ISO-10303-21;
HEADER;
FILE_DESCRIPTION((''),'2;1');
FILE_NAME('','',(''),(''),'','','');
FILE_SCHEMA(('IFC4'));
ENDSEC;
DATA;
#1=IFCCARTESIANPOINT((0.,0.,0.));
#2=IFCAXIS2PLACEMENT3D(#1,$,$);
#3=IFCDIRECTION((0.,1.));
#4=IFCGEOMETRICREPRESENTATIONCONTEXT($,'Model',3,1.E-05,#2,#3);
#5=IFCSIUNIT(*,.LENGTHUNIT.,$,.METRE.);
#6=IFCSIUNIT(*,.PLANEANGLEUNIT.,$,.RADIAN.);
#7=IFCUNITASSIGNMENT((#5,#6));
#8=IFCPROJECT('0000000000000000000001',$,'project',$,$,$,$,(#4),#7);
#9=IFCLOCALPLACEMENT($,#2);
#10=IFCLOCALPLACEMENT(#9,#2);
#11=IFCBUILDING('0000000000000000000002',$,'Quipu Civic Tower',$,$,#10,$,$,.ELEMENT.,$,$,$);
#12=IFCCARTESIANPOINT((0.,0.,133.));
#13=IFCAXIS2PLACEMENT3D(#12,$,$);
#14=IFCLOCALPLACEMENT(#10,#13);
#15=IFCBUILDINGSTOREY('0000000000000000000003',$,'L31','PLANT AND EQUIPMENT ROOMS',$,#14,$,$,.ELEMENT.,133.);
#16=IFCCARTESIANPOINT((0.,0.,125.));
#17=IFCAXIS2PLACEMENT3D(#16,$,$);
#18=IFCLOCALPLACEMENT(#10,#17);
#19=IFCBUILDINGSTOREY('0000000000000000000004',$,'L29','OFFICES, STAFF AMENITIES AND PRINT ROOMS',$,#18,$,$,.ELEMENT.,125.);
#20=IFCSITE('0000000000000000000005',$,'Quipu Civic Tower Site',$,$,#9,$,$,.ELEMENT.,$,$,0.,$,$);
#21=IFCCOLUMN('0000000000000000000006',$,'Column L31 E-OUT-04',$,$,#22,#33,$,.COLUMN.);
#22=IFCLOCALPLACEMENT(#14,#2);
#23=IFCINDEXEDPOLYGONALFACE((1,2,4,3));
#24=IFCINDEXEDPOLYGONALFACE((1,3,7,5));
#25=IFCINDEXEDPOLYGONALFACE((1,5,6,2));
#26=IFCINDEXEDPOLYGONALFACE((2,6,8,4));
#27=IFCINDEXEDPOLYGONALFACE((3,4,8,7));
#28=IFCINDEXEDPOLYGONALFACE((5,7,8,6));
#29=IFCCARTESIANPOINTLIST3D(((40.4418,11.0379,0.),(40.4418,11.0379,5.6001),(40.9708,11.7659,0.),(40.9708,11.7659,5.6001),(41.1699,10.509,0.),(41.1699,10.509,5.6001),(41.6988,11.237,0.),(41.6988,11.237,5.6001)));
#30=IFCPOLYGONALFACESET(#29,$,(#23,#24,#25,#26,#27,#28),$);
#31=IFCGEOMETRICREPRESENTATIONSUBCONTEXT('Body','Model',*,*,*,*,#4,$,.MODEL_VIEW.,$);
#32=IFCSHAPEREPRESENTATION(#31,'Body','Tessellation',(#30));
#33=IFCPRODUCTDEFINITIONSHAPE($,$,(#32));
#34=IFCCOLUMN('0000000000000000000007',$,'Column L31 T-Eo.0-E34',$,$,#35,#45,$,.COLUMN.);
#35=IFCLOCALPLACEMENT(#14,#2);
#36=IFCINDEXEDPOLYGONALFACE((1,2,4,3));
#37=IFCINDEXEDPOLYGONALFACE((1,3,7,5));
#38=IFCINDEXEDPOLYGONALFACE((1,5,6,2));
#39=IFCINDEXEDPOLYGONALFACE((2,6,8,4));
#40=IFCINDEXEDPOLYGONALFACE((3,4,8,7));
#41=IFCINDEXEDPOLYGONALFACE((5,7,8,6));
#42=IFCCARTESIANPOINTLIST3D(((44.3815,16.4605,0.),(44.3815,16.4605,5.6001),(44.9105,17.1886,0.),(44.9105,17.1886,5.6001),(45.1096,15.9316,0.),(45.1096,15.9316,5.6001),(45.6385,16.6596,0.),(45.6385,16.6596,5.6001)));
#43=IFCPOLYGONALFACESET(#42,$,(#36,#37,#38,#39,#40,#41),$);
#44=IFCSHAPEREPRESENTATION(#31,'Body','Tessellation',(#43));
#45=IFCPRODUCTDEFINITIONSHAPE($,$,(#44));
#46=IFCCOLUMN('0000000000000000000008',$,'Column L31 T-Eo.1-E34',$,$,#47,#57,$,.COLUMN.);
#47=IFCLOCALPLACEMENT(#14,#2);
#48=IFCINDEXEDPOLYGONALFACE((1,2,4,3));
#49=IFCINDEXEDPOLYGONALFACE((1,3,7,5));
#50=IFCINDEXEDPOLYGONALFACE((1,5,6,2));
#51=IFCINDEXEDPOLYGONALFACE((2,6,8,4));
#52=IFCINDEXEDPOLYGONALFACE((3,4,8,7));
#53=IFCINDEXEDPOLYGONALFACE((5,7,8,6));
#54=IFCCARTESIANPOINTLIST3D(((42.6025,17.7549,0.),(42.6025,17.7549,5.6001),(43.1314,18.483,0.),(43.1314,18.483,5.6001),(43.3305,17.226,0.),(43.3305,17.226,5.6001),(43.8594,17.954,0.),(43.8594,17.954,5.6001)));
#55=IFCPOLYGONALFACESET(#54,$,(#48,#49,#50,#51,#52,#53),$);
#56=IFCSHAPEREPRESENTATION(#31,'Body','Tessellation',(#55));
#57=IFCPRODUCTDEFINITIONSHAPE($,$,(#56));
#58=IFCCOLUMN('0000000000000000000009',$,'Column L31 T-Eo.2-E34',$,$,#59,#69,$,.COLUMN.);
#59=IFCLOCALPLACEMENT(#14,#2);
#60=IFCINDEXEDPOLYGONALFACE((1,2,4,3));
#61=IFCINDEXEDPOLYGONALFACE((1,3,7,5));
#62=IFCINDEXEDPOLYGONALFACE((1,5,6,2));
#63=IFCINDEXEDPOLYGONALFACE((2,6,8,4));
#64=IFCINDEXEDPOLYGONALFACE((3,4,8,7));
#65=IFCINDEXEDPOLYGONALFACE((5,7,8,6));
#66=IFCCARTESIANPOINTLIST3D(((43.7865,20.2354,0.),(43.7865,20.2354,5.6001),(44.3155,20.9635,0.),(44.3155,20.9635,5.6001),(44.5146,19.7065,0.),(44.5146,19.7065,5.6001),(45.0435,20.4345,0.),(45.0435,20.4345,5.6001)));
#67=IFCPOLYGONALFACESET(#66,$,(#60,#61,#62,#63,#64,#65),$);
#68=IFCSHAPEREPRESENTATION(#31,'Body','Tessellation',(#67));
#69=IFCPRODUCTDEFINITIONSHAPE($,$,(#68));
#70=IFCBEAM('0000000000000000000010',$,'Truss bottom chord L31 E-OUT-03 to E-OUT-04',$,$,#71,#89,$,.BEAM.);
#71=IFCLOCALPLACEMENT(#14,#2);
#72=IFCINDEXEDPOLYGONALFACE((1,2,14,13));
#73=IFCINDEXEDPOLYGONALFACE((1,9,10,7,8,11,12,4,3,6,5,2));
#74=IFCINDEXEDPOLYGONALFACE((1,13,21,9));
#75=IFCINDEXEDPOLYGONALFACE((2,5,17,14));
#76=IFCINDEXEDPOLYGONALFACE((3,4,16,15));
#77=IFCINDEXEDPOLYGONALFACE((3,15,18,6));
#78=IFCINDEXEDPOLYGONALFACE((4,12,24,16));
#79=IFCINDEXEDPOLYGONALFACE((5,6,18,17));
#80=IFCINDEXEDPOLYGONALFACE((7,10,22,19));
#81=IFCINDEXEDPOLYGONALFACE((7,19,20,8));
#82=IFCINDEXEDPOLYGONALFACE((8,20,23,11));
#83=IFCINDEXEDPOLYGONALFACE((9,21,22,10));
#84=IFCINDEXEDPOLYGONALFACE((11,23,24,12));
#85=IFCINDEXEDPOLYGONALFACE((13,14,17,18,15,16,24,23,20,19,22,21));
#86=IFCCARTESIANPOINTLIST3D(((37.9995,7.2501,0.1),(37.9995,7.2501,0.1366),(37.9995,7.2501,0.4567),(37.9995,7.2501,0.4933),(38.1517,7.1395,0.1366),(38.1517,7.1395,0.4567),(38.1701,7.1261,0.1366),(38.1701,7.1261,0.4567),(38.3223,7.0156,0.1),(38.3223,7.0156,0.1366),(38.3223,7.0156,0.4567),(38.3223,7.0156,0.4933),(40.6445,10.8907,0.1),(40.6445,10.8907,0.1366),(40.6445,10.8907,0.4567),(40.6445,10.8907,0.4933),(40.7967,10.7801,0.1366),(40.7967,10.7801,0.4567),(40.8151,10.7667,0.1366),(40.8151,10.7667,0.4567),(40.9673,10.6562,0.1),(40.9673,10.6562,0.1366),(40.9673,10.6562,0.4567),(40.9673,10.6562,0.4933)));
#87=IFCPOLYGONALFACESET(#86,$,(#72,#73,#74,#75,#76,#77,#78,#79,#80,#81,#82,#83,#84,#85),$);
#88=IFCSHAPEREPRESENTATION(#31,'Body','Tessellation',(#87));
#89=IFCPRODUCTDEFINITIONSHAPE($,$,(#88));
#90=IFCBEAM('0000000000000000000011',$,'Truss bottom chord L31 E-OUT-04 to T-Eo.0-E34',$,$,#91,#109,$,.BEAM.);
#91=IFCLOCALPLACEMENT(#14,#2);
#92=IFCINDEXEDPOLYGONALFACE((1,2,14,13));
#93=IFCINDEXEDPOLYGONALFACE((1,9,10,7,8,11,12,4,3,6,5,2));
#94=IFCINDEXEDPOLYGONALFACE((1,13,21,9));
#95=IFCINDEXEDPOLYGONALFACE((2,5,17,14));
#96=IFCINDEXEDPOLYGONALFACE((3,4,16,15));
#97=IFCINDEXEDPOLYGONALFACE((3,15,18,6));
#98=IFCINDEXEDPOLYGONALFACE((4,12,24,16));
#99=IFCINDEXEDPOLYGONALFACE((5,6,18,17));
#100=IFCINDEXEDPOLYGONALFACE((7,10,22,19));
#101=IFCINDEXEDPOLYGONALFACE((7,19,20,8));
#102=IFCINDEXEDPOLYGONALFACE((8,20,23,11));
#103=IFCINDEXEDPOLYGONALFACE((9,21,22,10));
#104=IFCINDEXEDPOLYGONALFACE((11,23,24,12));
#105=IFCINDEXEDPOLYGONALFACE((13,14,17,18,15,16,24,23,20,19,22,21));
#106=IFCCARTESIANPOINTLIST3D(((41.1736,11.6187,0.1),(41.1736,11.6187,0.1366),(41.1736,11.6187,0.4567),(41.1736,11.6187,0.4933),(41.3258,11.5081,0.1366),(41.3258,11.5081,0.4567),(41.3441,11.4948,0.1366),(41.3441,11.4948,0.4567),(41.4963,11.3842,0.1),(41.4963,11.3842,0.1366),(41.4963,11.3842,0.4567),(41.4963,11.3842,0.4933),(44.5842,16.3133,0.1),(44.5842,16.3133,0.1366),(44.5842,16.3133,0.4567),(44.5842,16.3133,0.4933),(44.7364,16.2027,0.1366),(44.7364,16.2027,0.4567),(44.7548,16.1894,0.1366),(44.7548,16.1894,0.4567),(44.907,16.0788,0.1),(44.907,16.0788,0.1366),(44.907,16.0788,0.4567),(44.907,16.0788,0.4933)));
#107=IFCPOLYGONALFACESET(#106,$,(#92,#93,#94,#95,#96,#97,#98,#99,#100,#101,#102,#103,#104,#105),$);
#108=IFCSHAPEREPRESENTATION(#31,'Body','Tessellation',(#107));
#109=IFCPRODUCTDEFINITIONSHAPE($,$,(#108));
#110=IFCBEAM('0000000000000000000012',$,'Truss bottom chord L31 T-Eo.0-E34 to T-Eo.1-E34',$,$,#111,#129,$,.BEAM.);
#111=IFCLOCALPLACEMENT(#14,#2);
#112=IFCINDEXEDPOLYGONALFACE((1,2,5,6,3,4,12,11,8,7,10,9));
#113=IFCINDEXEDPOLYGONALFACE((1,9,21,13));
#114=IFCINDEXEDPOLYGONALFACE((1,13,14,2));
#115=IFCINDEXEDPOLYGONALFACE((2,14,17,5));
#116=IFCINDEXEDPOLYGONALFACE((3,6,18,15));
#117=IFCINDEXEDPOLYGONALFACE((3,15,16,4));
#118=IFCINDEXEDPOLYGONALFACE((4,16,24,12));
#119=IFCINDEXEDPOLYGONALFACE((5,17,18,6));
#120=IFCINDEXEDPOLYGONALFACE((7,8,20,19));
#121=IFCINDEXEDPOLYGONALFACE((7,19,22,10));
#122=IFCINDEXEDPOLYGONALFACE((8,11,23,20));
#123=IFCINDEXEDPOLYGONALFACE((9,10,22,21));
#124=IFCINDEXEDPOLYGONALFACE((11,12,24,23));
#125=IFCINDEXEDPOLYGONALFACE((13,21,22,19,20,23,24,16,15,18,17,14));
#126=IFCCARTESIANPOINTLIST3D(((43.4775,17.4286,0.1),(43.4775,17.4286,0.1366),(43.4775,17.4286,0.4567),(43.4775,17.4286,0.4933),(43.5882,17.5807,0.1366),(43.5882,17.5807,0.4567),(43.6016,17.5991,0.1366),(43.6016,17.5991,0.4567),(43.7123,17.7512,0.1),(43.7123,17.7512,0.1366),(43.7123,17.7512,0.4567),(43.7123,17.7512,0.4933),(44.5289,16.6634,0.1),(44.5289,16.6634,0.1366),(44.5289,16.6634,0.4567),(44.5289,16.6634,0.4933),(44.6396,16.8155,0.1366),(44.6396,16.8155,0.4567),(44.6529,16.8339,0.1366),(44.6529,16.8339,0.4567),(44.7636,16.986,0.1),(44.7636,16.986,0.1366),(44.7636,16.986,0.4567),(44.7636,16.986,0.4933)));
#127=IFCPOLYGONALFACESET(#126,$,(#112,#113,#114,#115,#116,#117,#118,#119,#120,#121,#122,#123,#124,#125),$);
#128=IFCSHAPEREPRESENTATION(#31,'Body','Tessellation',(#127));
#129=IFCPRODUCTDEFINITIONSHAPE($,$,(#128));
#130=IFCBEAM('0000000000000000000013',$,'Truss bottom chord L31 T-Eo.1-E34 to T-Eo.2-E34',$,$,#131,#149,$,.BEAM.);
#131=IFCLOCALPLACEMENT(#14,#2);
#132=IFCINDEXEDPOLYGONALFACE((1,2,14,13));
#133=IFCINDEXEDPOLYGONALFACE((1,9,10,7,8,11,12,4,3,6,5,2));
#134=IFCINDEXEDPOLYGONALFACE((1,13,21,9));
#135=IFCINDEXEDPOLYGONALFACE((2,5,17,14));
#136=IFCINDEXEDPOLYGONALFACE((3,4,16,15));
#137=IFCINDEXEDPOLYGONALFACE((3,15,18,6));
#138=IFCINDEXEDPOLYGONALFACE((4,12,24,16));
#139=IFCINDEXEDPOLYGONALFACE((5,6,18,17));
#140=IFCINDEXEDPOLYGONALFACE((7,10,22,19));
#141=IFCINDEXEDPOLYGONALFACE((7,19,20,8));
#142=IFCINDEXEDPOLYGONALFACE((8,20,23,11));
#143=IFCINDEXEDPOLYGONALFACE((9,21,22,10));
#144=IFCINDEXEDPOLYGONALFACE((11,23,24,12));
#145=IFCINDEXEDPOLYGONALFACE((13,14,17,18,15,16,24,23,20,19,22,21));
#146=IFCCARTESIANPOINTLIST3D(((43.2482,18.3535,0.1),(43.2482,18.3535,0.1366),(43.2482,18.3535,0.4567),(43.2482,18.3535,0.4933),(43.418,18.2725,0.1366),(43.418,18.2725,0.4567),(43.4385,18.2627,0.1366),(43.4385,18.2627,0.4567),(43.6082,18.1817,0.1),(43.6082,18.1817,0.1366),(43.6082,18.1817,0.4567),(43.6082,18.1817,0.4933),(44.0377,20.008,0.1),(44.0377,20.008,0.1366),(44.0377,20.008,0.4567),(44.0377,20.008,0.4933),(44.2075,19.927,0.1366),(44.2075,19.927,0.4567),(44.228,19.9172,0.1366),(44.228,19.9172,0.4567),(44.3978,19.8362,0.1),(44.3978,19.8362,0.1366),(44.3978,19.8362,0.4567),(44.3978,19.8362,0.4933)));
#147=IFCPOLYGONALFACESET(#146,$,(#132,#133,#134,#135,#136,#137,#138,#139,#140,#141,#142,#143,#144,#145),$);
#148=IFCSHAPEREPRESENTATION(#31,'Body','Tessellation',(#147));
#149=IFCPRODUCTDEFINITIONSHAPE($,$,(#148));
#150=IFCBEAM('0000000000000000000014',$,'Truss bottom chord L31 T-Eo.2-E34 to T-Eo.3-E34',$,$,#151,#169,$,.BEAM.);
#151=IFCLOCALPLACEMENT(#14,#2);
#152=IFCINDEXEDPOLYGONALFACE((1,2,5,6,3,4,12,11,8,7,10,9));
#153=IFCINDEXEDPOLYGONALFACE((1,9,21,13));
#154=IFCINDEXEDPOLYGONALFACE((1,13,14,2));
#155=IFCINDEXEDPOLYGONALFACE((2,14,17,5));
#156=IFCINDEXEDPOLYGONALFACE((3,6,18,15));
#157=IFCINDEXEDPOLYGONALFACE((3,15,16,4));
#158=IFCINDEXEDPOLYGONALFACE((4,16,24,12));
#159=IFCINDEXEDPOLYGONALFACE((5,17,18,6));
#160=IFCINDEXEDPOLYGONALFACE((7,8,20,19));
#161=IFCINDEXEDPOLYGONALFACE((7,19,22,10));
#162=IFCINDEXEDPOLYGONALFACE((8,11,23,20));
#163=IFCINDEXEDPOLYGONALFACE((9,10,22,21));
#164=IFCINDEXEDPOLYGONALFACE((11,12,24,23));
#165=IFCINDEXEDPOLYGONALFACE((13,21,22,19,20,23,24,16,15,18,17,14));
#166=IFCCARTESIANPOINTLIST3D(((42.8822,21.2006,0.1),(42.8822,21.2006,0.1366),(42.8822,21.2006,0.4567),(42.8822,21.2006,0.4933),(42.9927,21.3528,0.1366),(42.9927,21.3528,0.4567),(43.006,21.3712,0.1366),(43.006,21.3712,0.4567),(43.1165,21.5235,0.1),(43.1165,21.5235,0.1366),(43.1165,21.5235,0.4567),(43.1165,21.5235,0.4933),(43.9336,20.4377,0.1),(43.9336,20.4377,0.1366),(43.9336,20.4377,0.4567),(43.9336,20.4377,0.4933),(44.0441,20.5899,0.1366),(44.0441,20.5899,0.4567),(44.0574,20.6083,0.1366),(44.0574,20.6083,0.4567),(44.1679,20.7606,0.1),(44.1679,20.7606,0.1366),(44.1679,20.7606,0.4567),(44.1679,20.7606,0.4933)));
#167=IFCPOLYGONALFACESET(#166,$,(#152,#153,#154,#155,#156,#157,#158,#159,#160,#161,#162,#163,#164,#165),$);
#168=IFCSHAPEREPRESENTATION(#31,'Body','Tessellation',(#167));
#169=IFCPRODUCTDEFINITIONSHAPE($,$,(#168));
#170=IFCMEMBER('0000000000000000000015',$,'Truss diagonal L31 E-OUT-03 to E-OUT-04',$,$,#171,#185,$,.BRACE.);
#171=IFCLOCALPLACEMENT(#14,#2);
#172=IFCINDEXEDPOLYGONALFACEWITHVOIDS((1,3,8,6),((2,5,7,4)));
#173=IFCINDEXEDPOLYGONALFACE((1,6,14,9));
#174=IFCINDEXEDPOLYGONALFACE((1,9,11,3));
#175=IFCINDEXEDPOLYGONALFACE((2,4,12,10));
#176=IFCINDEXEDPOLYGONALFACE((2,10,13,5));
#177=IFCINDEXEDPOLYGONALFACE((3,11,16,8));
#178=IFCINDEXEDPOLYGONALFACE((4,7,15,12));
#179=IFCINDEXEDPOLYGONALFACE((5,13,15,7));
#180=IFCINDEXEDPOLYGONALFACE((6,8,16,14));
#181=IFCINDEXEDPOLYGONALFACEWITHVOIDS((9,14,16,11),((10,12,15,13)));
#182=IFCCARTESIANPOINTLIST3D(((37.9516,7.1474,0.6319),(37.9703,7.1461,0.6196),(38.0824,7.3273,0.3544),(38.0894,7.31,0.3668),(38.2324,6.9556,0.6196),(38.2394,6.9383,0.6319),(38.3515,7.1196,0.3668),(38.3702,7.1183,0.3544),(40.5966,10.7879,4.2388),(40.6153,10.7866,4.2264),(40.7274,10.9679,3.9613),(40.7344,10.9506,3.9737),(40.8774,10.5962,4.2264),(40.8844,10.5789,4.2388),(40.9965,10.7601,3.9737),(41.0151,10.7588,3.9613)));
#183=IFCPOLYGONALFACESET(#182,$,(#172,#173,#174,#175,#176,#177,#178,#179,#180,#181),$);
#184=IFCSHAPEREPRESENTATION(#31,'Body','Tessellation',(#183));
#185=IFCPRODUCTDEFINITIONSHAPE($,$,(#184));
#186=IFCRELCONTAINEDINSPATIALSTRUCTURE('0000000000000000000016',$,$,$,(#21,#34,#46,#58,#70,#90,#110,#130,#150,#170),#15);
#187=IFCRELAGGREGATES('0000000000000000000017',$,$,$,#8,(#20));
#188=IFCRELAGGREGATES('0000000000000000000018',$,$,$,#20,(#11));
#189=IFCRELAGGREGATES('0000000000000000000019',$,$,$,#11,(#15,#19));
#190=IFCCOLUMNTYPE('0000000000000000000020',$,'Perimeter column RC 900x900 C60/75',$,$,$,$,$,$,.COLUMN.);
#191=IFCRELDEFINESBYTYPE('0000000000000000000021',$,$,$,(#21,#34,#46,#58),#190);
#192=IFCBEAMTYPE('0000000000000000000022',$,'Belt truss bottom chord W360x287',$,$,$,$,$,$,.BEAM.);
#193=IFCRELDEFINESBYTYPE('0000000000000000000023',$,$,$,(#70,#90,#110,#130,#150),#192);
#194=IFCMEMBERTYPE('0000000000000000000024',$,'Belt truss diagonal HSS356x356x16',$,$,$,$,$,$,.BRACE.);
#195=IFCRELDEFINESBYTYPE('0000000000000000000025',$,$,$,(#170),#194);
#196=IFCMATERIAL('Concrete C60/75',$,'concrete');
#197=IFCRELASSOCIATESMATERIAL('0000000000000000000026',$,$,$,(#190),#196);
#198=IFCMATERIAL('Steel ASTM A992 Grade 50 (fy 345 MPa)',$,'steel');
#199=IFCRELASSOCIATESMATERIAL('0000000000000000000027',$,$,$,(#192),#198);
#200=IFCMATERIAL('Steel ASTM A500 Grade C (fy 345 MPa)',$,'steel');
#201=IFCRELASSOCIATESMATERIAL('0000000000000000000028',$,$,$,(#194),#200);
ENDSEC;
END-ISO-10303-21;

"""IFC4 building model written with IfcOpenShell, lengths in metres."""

from ifc_helpers import new_model, si_unit, direction, frame, origin, origin_2d, place, context, subcontext, project, spatial, rectangle, hollow_rectangle, i_section, extrude, material, material_profile, profile_set, type_object, element, save


model = new_model("IFC4")

# Units and contexts
model_context = context("Model", 3, precision=1e-05, world=origin(), true_north=direction((0.0, 1.0)))
body_context = subcontext(model_context, "Body", "Model", "MODEL_VIEW")
ifc_project = project(units=[si_unit("LENGTHUNIT", "METRE"), si_unit("PLANEANGLEUNIT", "RADIAN")], contexts=[model_context])

# Site, building, storey
site_placement = place(None, origin())
site = spatial("IfcSite", under=ifc_project, at=site_placement, Name="Quipu Civic Tower Site", CompositionType="ELEMENT", RefElevation=0.0)
building_placement = place(site_placement, origin())
building = spatial("IfcBuilding", under=site, at=building_placement, Name="Quipu Civic Tower", CompositionType="ELEMENT")
storey_1_placement = place(building_placement, frame((0.0, 0.0, 133.0)))
storey_1 = spatial("IfcBuildingStorey", under=building, at=storey_1_placement, Name="L31", Description="PLANT AND EQUIPMENT ROOMS", CompositionType="ELEMENT", Elevation=133.0)

# Columns
ifc_material_1 = material(Name="Concrete C60/75", Category="concrete")
ifc_material_profile_1 = material_profile(ifc_material_1, rectangle(XDim=0.8999, YDim=0.8999, at=origin_2d()), Name="RC900x900")
ifc_profile_set_1 = profile_set([ifc_material_profile_1], Name="Concrete C60/75")
column_type = type_object("IfcColumnType", Name="Perimeter column RC 900x900 C60/75", PredefinedType="COLUMN", material=ifc_profile_set_1)
for number, where, z_axis, x_axis, name in (
    (1, (41.0703, 11.1375, 0.0), (0.0, 0.0, 1.0), (0.587785, 0.809017, 0.0), "Column L31 E-OUT-04"),
    (2, (45.01, 16.5601, 0.0), (0.0, 0.0, 1.0), (0.587785, 0.809017, 0.0), "Column L31 T-Eo.0-E34"),
    (3, (43.231, 17.8545, 0.0), (0.0, 0.0, 1.0), (0.587785, 0.809017, 0.0), "Column L31 T-Eo.1-E34"),
    (4, (44.415, 20.335, 0.0), (0.0, 0.0, 1.0), (0.587785, 0.809017, 0.0), "Column L31 T-Eo.2-E34"),
):
    element("IfcColumn", number, at=place(storey_1_placement, frame(where, z_axis=z_axis, x_axis=x_axis)), inside=storey_1, type_object=column_type, Name=name, PredefinedType="COLUMN", context=body_context, shape_type="SweptSolid", body=[
        extrude(rectangle(XDim=0.8999, YDim=0.8999, at=origin_2d()), origin(), (0.0, 0.0, 1.0), 5.6001),
    ])

# Beams
ifc_material_2 = material(Name="Steel ASTM A992 Grade 50 (fy 345 MPa)", Category="steel")
ifc_material_profile_2 = material_profile(ifc_material_2, i_section(OverallWidth=0.3989, OverallDepth=0.3933, WebThickness=0.0227, FlangeThickness=0.0366, at=origin_2d()), Name="W360x287")
ifc_profile_set_2 = profile_set([ifc_material_profile_2], Name="Steel ASTM A992 Grade 50 (fy 345 MPa)")
beam_type_1 = type_object("IfcBeamType", Name="Belt truss bottom chord W360x287", PredefinedType="BEAM", material=ifc_profile_set_2)
beam_1_placement = place(storey_1_placement, frame((38.1609, 7.1328, 0.2966), z_axis=(0.587778, 0.809022, 0.0), x_axis=(-0.809022, 0.587778, 0.0)))
element("IfcBeam", 5, at=beam_1_placement, inside=storey_1, type_object=beam_type_1, Name="Truss bottom chord L31 E-OUT-03 to E-OUT-04", PredefinedType="BEAM", context=body_context, shape_type="SweptSolid", body=[
    extrude(i_section(OverallWidth=0.3989, OverallDepth=0.3933, WebThickness=0.0227, FlangeThickness=0.0366, at=origin_2d()), origin(), (0.0, 0.0, 1.0), 4.5),
])
beam_2_placement = place(storey_1_placement, frame((41.335, 11.5015, 0.2966), z_axis=(0.587766, 0.809031, 0.0), x_axis=(-0.809031, 0.587766, 0.0)))
element("IfcBeam", 6, at=beam_2_placement, inside=storey_1, type_object=beam_type_1, Name="Truss bottom chord L31 E-OUT-04 to T-Eo.0-E34", PredefinedType="BEAM", context=body_context, shape_type="SweptSolid", body=[
    extrude(i_section(OverallWidth=0.3989, OverallDepth=0.3933, WebThickness=0.0227, FlangeThickness=0.0366, at=origin_2d()), origin(), (0.0, 0.0, 1.0), 5.8027),
])
beam_3_placement = place(storey_1_placement, frame((44.6462, 16.8247, 0.2966), z_axis=(-0.808525, 0.588462, 0.0), x_axis=(-0.588462, -0.808525, 0.0)))
element("IfcBeam", 7, at=beam_3_placement, inside=storey_1, type_object=beam_type_1, Name="Truss bottom chord L31 T-Eo.0-E34 to T-Eo.1-E34", PredefinedType="BEAM", context=body_context, shape_type="SweptSolid", body=[
    extrude(i_section(OverallWidth=0.3989, OverallDepth=0.3933, WebThickness=0.0227, FlangeThickness=0.0366, at=origin_2d()), origin(), (0.0, 0.0, 1.0), 1.3003),
])
beam_4_placement = place(storey_1_placement, frame((43.4282, 18.2676, 0.2966), z_axis=(0.430678, 0.902506, 0.0), x_axis=(-0.902506, 0.430678, 0.0)))
element("IfcBeam", 8, at=beam_4_placement, inside=storey_1, type_object=beam_type_1, Name="Truss bottom chord L31 T-Eo.1-E34 to T-Eo.2-E34", PredefinedType="BEAM", context=body_context, shape_type="SweptSolid", body=[
    extrude(i_section(OverallWidth=0.3989, OverallDepth=0.3933, WebThickness=0.0227, FlangeThickness=0.0366, at=origin_2d()), origin(), (0.0, 0.0, 1.0), 1.8333),
])
beam_5_placement = place(storey_1_placement, frame((44.0508, 20.5991, 0.2966), z_axis=(-0.809394, 0.587266, 0.0), x_axis=(-0.587266, -0.809394, 0.0)))
element("IfcBeam", 9, at=beam_5_placement, inside=storey_1, type_object=beam_type_1, Name="Truss bottom chord L31 T-Eo.2-E34 to T-Eo.3-E34", PredefinedType="BEAM", context=body_context, shape_type="SweptSolid", body=[
    extrude(i_section(OverallWidth=0.3989, OverallDepth=0.3933, WebThickness=0.0227, FlangeThickness=0.0366, at=origin_2d()), origin(), (0.0, 0.0, 1.0), 1.2991),
])

# Member
ifc_material_3 = material(Name="Steel ASTM A500 Grade C (fy 345 MPa)", Category="steel")
ifc_material_profile_3 = material_profile(ifc_material_3, hollow_rectangle(XDim=0.3557, YDim=0.3557, WallThickness=0.0159, at=origin_2d()), Name="HSS356x356x16")
ifc_profile_set_3 = profile_set([ifc_material_profile_3], Name="Steel ASTM A500 Grade C (fy 345 MPa)")
member_type_1 = type_object("IfcMemberType", Name="Belt truss diagonal HSS356x356x16", PredefinedType="BRACE", material=ifc_profile_set_3)
member_1_placement = place(storey_1_placement, frame((38.1609, 7.1328, 0.4932), z_axis=(0.458634, 0.631267, 0.625425), x_axis=(-0.809022, 0.587778, 0.0)))
element("IfcMember", 10, at=member_1_placement, inside=storey_1, type_object=member_type_1, Name="Truss diagonal L31 E-OUT-03 to E-OUT-04", PredefinedType="BRACE", context=body_context, shape_type="SweptSolid", body=[
    extrude(hollow_rectangle(XDim=0.3557, YDim=0.3557, WallThickness=0.0159, at=origin_2d()), origin(), (0.0, 0.0, 1.0), 5.7671),
])

# Shared definitions
storey_2_placement = place(building_placement, frame((0.0, 0.0, 125.0)))
storey_2 = spatial("IfcBuildingStorey", under=building, at=storey_2_placement, Name="L29", Description="OFFICES, STAFF AMENITIES AND PRINT ROOMS", CompositionType="ELEMENT", Elevation=125.0)

save(model, "model.ifc")
